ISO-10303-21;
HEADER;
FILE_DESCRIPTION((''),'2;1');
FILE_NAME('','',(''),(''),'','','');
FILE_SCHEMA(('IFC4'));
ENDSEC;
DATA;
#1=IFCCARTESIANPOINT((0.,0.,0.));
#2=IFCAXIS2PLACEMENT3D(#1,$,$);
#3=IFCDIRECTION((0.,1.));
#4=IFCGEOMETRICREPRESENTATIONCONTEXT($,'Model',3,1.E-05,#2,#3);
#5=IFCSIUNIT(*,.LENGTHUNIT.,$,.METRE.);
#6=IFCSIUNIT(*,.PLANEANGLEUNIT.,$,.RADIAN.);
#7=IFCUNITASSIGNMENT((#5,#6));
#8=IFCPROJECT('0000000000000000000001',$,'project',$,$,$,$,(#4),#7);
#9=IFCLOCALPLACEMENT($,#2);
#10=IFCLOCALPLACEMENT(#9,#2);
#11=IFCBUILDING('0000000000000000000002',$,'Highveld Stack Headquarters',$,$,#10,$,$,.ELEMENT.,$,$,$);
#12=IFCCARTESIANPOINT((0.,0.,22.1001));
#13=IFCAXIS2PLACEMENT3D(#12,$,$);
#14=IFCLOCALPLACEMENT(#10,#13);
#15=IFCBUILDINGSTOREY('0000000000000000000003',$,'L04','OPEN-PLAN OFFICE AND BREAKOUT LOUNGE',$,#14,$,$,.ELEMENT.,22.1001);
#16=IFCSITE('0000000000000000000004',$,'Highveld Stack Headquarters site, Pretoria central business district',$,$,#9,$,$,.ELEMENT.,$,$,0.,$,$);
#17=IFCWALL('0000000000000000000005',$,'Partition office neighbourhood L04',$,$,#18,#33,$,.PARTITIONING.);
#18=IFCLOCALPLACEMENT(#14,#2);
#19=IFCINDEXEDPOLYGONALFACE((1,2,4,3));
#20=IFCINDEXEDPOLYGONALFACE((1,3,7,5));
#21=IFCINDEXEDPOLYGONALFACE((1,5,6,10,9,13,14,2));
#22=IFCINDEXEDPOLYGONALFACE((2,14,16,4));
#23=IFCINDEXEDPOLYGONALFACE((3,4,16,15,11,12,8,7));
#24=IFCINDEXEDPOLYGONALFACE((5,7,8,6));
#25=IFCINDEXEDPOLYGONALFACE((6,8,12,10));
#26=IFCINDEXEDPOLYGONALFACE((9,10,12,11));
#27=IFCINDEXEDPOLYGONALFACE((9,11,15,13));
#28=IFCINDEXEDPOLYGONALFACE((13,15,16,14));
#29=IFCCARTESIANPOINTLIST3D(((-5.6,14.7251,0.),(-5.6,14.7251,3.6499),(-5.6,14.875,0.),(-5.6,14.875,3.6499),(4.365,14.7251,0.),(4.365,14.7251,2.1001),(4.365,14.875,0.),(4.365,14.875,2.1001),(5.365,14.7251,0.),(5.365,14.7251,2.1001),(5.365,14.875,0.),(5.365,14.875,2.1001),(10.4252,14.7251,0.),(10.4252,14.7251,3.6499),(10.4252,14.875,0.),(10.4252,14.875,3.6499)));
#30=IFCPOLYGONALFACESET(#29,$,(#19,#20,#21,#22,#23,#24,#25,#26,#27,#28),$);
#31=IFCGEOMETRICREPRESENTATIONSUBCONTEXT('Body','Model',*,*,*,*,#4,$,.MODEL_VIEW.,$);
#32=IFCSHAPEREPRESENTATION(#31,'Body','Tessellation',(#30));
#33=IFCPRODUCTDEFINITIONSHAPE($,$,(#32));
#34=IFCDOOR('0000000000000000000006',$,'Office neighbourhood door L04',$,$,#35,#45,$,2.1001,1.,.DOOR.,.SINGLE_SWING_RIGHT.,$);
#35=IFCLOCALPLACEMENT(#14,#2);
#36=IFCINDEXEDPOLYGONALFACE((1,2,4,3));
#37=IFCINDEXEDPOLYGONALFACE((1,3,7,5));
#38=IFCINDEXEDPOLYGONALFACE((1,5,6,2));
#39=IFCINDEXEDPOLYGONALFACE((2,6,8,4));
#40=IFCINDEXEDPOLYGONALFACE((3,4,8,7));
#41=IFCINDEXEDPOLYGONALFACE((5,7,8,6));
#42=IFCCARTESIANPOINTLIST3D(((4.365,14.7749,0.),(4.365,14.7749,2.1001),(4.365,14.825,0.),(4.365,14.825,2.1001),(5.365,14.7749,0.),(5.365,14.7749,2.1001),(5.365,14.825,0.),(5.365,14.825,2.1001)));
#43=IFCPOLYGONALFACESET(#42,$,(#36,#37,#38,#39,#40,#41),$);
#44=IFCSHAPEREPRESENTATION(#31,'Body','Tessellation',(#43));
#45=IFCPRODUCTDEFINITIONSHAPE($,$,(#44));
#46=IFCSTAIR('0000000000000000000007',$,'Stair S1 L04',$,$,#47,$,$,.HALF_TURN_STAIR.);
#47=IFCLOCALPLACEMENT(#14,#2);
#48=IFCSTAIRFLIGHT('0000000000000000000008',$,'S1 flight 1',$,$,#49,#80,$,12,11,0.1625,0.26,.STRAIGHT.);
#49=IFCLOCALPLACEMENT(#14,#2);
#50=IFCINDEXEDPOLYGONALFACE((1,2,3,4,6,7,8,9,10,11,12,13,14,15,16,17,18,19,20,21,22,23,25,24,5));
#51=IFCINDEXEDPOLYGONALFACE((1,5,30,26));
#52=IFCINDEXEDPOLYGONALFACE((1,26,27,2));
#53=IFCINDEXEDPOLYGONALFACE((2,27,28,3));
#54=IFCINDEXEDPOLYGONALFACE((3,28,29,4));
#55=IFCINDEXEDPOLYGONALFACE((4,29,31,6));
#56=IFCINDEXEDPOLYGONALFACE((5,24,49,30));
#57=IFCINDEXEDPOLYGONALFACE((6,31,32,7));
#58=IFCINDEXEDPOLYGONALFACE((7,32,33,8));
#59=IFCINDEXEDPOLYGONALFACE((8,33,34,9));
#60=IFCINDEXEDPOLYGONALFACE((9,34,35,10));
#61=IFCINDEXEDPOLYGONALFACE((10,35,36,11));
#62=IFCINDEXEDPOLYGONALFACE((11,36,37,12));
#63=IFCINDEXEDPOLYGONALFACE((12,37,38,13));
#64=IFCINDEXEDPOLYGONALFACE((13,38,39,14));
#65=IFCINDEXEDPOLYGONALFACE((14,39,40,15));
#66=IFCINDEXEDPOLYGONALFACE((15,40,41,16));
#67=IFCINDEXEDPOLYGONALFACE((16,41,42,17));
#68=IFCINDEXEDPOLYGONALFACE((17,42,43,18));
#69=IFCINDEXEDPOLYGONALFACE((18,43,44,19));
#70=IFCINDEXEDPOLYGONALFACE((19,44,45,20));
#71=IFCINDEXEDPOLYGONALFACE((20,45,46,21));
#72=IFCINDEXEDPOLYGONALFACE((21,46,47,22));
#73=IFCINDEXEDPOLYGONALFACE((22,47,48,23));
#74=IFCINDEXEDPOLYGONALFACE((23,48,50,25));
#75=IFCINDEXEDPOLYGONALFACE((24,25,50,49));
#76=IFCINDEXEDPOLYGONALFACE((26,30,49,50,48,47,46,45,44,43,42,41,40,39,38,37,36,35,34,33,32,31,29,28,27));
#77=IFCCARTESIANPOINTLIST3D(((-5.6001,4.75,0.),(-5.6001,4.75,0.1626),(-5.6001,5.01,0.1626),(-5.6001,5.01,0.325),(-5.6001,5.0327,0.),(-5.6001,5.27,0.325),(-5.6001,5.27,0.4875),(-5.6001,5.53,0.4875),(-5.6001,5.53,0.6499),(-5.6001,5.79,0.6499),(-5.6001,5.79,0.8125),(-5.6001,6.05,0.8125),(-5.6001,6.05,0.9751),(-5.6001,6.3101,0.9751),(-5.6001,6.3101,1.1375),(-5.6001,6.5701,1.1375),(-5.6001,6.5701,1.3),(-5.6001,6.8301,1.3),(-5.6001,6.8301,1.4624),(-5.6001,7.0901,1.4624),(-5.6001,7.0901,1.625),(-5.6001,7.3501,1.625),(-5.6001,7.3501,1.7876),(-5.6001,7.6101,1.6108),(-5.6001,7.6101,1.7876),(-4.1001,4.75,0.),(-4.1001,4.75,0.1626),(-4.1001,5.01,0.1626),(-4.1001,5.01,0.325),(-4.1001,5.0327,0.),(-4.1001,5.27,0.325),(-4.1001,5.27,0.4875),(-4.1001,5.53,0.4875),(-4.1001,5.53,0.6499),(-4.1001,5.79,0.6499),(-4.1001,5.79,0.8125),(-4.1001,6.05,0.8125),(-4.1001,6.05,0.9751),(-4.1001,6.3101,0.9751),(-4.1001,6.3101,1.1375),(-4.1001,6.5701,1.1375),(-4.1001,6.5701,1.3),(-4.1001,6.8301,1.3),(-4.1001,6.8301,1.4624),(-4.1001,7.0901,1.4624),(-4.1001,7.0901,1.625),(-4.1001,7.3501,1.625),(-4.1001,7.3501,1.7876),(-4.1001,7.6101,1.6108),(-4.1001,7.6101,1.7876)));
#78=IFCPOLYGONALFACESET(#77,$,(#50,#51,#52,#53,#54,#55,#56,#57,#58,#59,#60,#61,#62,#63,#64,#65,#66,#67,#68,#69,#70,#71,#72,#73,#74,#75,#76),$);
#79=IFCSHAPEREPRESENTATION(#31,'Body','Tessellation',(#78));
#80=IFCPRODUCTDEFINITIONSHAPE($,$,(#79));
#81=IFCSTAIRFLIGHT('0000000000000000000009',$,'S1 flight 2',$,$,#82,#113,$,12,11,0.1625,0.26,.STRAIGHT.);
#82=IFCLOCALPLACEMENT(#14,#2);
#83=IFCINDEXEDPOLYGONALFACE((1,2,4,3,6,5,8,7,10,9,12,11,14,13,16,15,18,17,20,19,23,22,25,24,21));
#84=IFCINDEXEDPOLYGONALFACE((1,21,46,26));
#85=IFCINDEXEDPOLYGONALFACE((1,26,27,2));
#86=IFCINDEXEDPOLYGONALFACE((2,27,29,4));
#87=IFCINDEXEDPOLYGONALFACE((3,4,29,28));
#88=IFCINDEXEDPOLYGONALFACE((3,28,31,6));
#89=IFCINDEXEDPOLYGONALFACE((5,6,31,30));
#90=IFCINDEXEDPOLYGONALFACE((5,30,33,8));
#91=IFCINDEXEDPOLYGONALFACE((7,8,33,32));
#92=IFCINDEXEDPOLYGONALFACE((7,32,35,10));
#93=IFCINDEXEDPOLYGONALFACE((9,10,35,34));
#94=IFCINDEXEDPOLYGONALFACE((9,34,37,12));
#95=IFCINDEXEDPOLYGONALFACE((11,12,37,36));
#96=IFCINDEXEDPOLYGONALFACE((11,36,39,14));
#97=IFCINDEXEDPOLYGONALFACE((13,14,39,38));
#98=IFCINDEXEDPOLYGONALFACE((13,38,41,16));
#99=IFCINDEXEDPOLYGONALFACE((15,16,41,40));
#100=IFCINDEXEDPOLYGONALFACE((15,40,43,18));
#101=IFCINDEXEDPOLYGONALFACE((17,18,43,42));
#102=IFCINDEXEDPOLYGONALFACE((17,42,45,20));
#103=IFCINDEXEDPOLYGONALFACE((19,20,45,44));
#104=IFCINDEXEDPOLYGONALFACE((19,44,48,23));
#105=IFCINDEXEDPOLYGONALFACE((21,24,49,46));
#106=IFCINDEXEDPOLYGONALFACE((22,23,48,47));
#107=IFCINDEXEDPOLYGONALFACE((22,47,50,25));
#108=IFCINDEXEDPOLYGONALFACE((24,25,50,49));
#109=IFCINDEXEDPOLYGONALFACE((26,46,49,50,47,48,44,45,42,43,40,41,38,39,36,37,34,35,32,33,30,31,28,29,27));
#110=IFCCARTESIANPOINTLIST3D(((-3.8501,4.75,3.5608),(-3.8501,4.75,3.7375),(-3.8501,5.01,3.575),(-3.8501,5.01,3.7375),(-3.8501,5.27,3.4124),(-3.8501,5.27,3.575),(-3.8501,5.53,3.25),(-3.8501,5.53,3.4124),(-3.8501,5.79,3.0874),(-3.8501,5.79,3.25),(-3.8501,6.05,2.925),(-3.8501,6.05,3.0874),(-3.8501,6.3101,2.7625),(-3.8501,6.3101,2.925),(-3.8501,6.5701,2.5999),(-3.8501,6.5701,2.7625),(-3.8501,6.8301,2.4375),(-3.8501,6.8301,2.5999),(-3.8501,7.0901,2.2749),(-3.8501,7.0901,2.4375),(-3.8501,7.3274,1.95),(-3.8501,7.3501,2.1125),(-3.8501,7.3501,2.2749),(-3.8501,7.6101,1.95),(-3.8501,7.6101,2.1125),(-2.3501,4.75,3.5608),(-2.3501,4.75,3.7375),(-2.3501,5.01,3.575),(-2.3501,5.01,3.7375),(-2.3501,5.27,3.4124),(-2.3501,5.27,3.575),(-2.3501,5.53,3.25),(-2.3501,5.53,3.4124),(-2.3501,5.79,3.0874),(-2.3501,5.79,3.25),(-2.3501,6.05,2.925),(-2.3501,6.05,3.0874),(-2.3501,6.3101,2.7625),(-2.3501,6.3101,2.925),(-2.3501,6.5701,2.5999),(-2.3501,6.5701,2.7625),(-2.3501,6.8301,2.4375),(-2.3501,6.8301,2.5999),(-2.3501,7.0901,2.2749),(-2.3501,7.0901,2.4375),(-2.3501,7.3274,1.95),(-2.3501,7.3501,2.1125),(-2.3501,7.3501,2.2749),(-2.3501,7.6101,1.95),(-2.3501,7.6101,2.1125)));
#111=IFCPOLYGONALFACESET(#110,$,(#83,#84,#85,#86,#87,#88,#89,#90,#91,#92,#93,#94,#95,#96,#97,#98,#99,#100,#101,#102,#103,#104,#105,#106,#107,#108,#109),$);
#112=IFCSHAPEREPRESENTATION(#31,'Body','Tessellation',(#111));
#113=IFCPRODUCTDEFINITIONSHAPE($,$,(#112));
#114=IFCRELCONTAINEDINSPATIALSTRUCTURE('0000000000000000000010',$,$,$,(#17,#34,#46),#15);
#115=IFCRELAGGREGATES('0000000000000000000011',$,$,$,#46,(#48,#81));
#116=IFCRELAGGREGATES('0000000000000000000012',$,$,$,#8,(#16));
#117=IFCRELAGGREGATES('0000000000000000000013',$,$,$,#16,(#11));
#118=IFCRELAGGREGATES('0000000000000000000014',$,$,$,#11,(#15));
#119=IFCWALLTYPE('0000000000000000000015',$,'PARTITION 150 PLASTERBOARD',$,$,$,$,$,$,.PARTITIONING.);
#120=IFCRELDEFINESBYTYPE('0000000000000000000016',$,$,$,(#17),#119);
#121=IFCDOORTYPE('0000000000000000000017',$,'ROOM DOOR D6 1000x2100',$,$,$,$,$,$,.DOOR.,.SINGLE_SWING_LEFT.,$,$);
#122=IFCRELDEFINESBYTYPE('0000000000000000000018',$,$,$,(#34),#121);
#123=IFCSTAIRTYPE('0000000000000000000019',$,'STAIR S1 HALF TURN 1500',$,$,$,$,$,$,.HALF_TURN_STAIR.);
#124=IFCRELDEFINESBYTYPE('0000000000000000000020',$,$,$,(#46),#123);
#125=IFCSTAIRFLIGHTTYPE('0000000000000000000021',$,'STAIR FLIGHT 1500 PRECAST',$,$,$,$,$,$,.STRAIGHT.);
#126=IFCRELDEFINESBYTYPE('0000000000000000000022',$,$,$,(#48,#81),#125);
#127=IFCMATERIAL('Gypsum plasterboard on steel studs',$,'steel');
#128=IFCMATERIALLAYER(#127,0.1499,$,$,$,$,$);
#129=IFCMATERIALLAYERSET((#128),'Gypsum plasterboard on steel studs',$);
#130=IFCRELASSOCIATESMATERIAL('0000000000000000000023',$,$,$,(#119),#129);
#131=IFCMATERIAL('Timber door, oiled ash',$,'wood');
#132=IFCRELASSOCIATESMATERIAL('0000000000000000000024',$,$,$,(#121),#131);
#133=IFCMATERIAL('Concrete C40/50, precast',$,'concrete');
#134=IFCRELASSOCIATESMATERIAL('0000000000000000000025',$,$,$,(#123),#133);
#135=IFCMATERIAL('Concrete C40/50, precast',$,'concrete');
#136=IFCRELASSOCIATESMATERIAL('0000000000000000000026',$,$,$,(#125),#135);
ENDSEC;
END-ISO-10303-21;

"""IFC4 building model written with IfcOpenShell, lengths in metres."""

from ifc_helpers import new_model, si_unit, direction, frame, frame_2d, origin, place, context, subcontext, project, spatial, polyline, rectangle, outline, extrude, material, layer, layer_set, type_object, element, fill, aggregate, save


model = new_model("IFC4")

# Units and contexts
model_context = context("Model", 3, precision=1e-05, world=origin(), true_north=direction((0.0, 1.0)))
body_context = subcontext(model_context, "Body", "Model", "MODEL_VIEW")
ifc_project = project(units=[si_unit("LENGTHUNIT", "METRE"), si_unit("PLANEANGLEUNIT", "RADIAN")], contexts=[model_context])

# Site, building, storey
site_placement = place(None, origin())
site = spatial("IfcSite", under=ifc_project, at=site_placement, Name="Highveld Stack Headquarters site, Pretoria central business district", CompositionType="ELEMENT", RefElevation=0.0)
building_placement = place(site_placement, origin())
building = spatial("IfcBuilding", under=site, at=building_placement, Name="Highveld Stack Headquarters", CompositionType="ELEMENT")
storey_placement = place(building_placement, frame((0.0, 0.0, 22.1001)))
storey = spatial("IfcBuildingStorey", under=building, at=storey_placement, Name="L04", Description="OPEN-PLAN OFFICE AND BREAKOUT LOUNGE", CompositionType="ELEMENT", Elevation=22.1001)

# Wall, opening, door
ifc_material_1 = material(Name="Gypsum plasterboard on steel studs", Category="steel")
ifc_layer_1 = layer(ifc_material_1, 0.1499)
ifc_layer_set_1 = layer_set([ifc_layer_1], Name="Gypsum plasterboard on steel studs")
wall_type_1 = type_object("IfcWallType", Name="PARTITION 150 PLASTERBOARD", PredefinedType="PARTITIONING", material=ifc_layer_set_1)
wall_1_placement = place(storey_placement, frame((-5.6001, 14.8, 0.0), z_axis=(0.0, 0.0, 1.0), x_axis=(1.0, 0.0, 0.0)))
wall_1 = element("IfcWall", 1, at=wall_1_placement, inside=storey, type_object=wall_type_1, Name="Partition office neighbourhood L04", PredefinedType="PARTITIONING", context=body_context, shape_type="SweptSolid", body=[
    extrude(rectangle(XDim=16.0251, YDim=0.1499, at=frame_2d((8.0127, 0.0))), origin(), (0.0, 0.0, 1.0), 3.6499),
])
opening_1_placement = place(wall_1_placement, frame((9.9651, 0.0, 0.0)))
opening_1 = element("IfcOpeningElement", 2, at=opening_1_placement, cuts=wall_1, PredefinedType="OPENING", context=body_context, shape_type="SweptSolid", body=[
    extrude(rectangle(XDim=1.0, YDim=2.1001, at=frame_2d((0.5, 1.05))), frame((0.0, 0.085, 0.0), z_axis=(0.0, -1.0, 0.0), x_axis=(1.0, 0.0, 0.0)), (0.0, 0.0, 1.0), 0.1699),
])
ifc_material_2 = material(Name="Timber door, oiled ash", Category="wood")
door_type_1 = type_object("IfcDoorType", Name="ROOM DOOR D6 1000x2100", OperationType="SINGLE_SWING_LEFT", PredefinedType="DOOR", material=ifc_material_2)
door_1_placement = place(opening_1_placement, origin())
door_1 = element("IfcDoor", 3, at=door_1_placement, inside=storey, type_object=door_type_1, Name="Office neighbourhood door L04", OperationType="SINGLE_SWING_RIGHT", OverallHeight=2.1001, OverallWidth=1.0, PredefinedType="DOOR", context=body_context, shape_type="SweptSolid", body=[
    extrude(rectangle(XDim=1.0, YDim=2.1001, at=frame_2d((0.5, 1.05))), frame((0.0, 0.0249, 0.0), z_axis=(0.0, -1.0, 0.0), x_axis=(1.0, 0.0, 0.0)), (0.0, 0.0, 1.0), 0.05),
])
fill(opening_1, door_1)

# Stair, stair flights
ifc_material_3 = material(Name="Concrete C40/50, precast", Category="concrete")
stair_type = type_object("IfcStairType", Name="STAIR S1 HALF TURN 1500", PredefinedType="HALF_TURN_STAIR", material=ifc_material_3)
stair_placement = place(storey_placement, origin())
stair = element("IfcStair", 4, at=stair_placement, inside=storey, type_object=stair_type, Name="Stair S1 L04", PredefinedType="HALF_TURN_STAIR")
ifc_material_4 = material(Name="Concrete C40/50, precast", Category="concrete")
stair_flight_type = type_object("IfcStairFlightType", Name="STAIR FLIGHT 1500 PRECAST", PredefinedType="STRAIGHT", material=ifc_material_4)
stair_flight_1_placement = place(storey_placement, frame((-4.8501, 4.75, 0.0), z_axis=(0.0, 0.0, 1.0), x_axis=(0.0, 1.0, 0.0)))
stair_flight_1 = element("IfcStairFlight", 5, at=stair_flight_1_placement, type_object=stair_flight_type, Name="S1 flight 1", NumberOfRisers=12, NumberOfTreads=11, PredefinedType="STRAIGHT", RiserHeight=0.1625, TreadLength=0.26, context=body_context, shape_type="SweptSolid", body=[
    extrude(outline(polyline([(0.0, 0.0), (0.0, 0.1626), (0.26, 0.1626), (0.26, 0.325), (0.52, 0.325), (0.52, 0.4875), (0.78, 0.4875), (0.78, 0.6499), (1.04, 0.6499), (1.04, 0.8125), (1.3, 0.8125), (1.3, 0.9751), (1.5601, 0.9751), (1.5601, 1.1375), (1.8201, 1.1375), (1.8201, 1.3), (2.0801, 1.3), (2.0801, 1.4624), (2.3401, 1.4624), (2.3401, 1.625), (2.6001, 1.625), (2.6001, 1.7876), (2.8601, 1.7876), (2.8601, 1.95), (2.8601, 1.6108), (0.2827, 0.0), (0.0, 0.0)])), frame((0.0, 0.75, 0.0), z_axis=(0.0, -1.0, 0.0), x_axis=(1.0, 0.0, 0.0)), (0.0, 0.0, 1.0), 1.5),
])
stair_flight_2_placement = place(storey_placement, frame((-3.1001, 7.6101, 1.95), z_axis=(0.0, 0.0, 1.0), x_axis=(0.0, -1.0, 0.0)))
stair_flight_2 = element("IfcStairFlight", 6, at=stair_flight_2_placement, type_object=stair_flight_type, Name="S1 flight 2", NumberOfRisers=12, NumberOfTreads=11, PredefinedType="STRAIGHT", RiserHeight=0.1625, TreadLength=0.26, context=body_context, shape_type="SweptSolid", body=[
    extrude(outline(polyline([(0.0, 0.0), (0.0, 0.1626), (0.26, 0.1626), (0.26, 0.325), (0.52, 0.325), (0.52, 0.4875), (0.78, 0.4875), (0.78, 0.6499), (1.04, 0.6499), (1.04, 0.8125), (1.3, 0.8125), (1.3, 0.9751), (1.5601, 0.9751), (1.5601, 1.1375), (1.8201, 1.1375), (1.8201, 1.3), (2.0801, 1.3), (2.0801, 1.4624), (2.3401, 1.4624), (2.3401, 1.625), (2.6001, 1.625), (2.6001, 1.7876), (2.8601, 1.7876), (2.8601, 1.95), (2.8601, 1.6108), (0.2827, 0.0), (0.0, 0.0)])), frame((0.0, 0.75, 0.0), z_axis=(0.0, -1.0, 0.0), x_axis=(1.0, 0.0, 0.0)), (0.0, 0.0, 1.0), 1.5),
])
aggregate(stair, [stair_flight_1, stair_flight_2])

save(model, "model.ifc")
